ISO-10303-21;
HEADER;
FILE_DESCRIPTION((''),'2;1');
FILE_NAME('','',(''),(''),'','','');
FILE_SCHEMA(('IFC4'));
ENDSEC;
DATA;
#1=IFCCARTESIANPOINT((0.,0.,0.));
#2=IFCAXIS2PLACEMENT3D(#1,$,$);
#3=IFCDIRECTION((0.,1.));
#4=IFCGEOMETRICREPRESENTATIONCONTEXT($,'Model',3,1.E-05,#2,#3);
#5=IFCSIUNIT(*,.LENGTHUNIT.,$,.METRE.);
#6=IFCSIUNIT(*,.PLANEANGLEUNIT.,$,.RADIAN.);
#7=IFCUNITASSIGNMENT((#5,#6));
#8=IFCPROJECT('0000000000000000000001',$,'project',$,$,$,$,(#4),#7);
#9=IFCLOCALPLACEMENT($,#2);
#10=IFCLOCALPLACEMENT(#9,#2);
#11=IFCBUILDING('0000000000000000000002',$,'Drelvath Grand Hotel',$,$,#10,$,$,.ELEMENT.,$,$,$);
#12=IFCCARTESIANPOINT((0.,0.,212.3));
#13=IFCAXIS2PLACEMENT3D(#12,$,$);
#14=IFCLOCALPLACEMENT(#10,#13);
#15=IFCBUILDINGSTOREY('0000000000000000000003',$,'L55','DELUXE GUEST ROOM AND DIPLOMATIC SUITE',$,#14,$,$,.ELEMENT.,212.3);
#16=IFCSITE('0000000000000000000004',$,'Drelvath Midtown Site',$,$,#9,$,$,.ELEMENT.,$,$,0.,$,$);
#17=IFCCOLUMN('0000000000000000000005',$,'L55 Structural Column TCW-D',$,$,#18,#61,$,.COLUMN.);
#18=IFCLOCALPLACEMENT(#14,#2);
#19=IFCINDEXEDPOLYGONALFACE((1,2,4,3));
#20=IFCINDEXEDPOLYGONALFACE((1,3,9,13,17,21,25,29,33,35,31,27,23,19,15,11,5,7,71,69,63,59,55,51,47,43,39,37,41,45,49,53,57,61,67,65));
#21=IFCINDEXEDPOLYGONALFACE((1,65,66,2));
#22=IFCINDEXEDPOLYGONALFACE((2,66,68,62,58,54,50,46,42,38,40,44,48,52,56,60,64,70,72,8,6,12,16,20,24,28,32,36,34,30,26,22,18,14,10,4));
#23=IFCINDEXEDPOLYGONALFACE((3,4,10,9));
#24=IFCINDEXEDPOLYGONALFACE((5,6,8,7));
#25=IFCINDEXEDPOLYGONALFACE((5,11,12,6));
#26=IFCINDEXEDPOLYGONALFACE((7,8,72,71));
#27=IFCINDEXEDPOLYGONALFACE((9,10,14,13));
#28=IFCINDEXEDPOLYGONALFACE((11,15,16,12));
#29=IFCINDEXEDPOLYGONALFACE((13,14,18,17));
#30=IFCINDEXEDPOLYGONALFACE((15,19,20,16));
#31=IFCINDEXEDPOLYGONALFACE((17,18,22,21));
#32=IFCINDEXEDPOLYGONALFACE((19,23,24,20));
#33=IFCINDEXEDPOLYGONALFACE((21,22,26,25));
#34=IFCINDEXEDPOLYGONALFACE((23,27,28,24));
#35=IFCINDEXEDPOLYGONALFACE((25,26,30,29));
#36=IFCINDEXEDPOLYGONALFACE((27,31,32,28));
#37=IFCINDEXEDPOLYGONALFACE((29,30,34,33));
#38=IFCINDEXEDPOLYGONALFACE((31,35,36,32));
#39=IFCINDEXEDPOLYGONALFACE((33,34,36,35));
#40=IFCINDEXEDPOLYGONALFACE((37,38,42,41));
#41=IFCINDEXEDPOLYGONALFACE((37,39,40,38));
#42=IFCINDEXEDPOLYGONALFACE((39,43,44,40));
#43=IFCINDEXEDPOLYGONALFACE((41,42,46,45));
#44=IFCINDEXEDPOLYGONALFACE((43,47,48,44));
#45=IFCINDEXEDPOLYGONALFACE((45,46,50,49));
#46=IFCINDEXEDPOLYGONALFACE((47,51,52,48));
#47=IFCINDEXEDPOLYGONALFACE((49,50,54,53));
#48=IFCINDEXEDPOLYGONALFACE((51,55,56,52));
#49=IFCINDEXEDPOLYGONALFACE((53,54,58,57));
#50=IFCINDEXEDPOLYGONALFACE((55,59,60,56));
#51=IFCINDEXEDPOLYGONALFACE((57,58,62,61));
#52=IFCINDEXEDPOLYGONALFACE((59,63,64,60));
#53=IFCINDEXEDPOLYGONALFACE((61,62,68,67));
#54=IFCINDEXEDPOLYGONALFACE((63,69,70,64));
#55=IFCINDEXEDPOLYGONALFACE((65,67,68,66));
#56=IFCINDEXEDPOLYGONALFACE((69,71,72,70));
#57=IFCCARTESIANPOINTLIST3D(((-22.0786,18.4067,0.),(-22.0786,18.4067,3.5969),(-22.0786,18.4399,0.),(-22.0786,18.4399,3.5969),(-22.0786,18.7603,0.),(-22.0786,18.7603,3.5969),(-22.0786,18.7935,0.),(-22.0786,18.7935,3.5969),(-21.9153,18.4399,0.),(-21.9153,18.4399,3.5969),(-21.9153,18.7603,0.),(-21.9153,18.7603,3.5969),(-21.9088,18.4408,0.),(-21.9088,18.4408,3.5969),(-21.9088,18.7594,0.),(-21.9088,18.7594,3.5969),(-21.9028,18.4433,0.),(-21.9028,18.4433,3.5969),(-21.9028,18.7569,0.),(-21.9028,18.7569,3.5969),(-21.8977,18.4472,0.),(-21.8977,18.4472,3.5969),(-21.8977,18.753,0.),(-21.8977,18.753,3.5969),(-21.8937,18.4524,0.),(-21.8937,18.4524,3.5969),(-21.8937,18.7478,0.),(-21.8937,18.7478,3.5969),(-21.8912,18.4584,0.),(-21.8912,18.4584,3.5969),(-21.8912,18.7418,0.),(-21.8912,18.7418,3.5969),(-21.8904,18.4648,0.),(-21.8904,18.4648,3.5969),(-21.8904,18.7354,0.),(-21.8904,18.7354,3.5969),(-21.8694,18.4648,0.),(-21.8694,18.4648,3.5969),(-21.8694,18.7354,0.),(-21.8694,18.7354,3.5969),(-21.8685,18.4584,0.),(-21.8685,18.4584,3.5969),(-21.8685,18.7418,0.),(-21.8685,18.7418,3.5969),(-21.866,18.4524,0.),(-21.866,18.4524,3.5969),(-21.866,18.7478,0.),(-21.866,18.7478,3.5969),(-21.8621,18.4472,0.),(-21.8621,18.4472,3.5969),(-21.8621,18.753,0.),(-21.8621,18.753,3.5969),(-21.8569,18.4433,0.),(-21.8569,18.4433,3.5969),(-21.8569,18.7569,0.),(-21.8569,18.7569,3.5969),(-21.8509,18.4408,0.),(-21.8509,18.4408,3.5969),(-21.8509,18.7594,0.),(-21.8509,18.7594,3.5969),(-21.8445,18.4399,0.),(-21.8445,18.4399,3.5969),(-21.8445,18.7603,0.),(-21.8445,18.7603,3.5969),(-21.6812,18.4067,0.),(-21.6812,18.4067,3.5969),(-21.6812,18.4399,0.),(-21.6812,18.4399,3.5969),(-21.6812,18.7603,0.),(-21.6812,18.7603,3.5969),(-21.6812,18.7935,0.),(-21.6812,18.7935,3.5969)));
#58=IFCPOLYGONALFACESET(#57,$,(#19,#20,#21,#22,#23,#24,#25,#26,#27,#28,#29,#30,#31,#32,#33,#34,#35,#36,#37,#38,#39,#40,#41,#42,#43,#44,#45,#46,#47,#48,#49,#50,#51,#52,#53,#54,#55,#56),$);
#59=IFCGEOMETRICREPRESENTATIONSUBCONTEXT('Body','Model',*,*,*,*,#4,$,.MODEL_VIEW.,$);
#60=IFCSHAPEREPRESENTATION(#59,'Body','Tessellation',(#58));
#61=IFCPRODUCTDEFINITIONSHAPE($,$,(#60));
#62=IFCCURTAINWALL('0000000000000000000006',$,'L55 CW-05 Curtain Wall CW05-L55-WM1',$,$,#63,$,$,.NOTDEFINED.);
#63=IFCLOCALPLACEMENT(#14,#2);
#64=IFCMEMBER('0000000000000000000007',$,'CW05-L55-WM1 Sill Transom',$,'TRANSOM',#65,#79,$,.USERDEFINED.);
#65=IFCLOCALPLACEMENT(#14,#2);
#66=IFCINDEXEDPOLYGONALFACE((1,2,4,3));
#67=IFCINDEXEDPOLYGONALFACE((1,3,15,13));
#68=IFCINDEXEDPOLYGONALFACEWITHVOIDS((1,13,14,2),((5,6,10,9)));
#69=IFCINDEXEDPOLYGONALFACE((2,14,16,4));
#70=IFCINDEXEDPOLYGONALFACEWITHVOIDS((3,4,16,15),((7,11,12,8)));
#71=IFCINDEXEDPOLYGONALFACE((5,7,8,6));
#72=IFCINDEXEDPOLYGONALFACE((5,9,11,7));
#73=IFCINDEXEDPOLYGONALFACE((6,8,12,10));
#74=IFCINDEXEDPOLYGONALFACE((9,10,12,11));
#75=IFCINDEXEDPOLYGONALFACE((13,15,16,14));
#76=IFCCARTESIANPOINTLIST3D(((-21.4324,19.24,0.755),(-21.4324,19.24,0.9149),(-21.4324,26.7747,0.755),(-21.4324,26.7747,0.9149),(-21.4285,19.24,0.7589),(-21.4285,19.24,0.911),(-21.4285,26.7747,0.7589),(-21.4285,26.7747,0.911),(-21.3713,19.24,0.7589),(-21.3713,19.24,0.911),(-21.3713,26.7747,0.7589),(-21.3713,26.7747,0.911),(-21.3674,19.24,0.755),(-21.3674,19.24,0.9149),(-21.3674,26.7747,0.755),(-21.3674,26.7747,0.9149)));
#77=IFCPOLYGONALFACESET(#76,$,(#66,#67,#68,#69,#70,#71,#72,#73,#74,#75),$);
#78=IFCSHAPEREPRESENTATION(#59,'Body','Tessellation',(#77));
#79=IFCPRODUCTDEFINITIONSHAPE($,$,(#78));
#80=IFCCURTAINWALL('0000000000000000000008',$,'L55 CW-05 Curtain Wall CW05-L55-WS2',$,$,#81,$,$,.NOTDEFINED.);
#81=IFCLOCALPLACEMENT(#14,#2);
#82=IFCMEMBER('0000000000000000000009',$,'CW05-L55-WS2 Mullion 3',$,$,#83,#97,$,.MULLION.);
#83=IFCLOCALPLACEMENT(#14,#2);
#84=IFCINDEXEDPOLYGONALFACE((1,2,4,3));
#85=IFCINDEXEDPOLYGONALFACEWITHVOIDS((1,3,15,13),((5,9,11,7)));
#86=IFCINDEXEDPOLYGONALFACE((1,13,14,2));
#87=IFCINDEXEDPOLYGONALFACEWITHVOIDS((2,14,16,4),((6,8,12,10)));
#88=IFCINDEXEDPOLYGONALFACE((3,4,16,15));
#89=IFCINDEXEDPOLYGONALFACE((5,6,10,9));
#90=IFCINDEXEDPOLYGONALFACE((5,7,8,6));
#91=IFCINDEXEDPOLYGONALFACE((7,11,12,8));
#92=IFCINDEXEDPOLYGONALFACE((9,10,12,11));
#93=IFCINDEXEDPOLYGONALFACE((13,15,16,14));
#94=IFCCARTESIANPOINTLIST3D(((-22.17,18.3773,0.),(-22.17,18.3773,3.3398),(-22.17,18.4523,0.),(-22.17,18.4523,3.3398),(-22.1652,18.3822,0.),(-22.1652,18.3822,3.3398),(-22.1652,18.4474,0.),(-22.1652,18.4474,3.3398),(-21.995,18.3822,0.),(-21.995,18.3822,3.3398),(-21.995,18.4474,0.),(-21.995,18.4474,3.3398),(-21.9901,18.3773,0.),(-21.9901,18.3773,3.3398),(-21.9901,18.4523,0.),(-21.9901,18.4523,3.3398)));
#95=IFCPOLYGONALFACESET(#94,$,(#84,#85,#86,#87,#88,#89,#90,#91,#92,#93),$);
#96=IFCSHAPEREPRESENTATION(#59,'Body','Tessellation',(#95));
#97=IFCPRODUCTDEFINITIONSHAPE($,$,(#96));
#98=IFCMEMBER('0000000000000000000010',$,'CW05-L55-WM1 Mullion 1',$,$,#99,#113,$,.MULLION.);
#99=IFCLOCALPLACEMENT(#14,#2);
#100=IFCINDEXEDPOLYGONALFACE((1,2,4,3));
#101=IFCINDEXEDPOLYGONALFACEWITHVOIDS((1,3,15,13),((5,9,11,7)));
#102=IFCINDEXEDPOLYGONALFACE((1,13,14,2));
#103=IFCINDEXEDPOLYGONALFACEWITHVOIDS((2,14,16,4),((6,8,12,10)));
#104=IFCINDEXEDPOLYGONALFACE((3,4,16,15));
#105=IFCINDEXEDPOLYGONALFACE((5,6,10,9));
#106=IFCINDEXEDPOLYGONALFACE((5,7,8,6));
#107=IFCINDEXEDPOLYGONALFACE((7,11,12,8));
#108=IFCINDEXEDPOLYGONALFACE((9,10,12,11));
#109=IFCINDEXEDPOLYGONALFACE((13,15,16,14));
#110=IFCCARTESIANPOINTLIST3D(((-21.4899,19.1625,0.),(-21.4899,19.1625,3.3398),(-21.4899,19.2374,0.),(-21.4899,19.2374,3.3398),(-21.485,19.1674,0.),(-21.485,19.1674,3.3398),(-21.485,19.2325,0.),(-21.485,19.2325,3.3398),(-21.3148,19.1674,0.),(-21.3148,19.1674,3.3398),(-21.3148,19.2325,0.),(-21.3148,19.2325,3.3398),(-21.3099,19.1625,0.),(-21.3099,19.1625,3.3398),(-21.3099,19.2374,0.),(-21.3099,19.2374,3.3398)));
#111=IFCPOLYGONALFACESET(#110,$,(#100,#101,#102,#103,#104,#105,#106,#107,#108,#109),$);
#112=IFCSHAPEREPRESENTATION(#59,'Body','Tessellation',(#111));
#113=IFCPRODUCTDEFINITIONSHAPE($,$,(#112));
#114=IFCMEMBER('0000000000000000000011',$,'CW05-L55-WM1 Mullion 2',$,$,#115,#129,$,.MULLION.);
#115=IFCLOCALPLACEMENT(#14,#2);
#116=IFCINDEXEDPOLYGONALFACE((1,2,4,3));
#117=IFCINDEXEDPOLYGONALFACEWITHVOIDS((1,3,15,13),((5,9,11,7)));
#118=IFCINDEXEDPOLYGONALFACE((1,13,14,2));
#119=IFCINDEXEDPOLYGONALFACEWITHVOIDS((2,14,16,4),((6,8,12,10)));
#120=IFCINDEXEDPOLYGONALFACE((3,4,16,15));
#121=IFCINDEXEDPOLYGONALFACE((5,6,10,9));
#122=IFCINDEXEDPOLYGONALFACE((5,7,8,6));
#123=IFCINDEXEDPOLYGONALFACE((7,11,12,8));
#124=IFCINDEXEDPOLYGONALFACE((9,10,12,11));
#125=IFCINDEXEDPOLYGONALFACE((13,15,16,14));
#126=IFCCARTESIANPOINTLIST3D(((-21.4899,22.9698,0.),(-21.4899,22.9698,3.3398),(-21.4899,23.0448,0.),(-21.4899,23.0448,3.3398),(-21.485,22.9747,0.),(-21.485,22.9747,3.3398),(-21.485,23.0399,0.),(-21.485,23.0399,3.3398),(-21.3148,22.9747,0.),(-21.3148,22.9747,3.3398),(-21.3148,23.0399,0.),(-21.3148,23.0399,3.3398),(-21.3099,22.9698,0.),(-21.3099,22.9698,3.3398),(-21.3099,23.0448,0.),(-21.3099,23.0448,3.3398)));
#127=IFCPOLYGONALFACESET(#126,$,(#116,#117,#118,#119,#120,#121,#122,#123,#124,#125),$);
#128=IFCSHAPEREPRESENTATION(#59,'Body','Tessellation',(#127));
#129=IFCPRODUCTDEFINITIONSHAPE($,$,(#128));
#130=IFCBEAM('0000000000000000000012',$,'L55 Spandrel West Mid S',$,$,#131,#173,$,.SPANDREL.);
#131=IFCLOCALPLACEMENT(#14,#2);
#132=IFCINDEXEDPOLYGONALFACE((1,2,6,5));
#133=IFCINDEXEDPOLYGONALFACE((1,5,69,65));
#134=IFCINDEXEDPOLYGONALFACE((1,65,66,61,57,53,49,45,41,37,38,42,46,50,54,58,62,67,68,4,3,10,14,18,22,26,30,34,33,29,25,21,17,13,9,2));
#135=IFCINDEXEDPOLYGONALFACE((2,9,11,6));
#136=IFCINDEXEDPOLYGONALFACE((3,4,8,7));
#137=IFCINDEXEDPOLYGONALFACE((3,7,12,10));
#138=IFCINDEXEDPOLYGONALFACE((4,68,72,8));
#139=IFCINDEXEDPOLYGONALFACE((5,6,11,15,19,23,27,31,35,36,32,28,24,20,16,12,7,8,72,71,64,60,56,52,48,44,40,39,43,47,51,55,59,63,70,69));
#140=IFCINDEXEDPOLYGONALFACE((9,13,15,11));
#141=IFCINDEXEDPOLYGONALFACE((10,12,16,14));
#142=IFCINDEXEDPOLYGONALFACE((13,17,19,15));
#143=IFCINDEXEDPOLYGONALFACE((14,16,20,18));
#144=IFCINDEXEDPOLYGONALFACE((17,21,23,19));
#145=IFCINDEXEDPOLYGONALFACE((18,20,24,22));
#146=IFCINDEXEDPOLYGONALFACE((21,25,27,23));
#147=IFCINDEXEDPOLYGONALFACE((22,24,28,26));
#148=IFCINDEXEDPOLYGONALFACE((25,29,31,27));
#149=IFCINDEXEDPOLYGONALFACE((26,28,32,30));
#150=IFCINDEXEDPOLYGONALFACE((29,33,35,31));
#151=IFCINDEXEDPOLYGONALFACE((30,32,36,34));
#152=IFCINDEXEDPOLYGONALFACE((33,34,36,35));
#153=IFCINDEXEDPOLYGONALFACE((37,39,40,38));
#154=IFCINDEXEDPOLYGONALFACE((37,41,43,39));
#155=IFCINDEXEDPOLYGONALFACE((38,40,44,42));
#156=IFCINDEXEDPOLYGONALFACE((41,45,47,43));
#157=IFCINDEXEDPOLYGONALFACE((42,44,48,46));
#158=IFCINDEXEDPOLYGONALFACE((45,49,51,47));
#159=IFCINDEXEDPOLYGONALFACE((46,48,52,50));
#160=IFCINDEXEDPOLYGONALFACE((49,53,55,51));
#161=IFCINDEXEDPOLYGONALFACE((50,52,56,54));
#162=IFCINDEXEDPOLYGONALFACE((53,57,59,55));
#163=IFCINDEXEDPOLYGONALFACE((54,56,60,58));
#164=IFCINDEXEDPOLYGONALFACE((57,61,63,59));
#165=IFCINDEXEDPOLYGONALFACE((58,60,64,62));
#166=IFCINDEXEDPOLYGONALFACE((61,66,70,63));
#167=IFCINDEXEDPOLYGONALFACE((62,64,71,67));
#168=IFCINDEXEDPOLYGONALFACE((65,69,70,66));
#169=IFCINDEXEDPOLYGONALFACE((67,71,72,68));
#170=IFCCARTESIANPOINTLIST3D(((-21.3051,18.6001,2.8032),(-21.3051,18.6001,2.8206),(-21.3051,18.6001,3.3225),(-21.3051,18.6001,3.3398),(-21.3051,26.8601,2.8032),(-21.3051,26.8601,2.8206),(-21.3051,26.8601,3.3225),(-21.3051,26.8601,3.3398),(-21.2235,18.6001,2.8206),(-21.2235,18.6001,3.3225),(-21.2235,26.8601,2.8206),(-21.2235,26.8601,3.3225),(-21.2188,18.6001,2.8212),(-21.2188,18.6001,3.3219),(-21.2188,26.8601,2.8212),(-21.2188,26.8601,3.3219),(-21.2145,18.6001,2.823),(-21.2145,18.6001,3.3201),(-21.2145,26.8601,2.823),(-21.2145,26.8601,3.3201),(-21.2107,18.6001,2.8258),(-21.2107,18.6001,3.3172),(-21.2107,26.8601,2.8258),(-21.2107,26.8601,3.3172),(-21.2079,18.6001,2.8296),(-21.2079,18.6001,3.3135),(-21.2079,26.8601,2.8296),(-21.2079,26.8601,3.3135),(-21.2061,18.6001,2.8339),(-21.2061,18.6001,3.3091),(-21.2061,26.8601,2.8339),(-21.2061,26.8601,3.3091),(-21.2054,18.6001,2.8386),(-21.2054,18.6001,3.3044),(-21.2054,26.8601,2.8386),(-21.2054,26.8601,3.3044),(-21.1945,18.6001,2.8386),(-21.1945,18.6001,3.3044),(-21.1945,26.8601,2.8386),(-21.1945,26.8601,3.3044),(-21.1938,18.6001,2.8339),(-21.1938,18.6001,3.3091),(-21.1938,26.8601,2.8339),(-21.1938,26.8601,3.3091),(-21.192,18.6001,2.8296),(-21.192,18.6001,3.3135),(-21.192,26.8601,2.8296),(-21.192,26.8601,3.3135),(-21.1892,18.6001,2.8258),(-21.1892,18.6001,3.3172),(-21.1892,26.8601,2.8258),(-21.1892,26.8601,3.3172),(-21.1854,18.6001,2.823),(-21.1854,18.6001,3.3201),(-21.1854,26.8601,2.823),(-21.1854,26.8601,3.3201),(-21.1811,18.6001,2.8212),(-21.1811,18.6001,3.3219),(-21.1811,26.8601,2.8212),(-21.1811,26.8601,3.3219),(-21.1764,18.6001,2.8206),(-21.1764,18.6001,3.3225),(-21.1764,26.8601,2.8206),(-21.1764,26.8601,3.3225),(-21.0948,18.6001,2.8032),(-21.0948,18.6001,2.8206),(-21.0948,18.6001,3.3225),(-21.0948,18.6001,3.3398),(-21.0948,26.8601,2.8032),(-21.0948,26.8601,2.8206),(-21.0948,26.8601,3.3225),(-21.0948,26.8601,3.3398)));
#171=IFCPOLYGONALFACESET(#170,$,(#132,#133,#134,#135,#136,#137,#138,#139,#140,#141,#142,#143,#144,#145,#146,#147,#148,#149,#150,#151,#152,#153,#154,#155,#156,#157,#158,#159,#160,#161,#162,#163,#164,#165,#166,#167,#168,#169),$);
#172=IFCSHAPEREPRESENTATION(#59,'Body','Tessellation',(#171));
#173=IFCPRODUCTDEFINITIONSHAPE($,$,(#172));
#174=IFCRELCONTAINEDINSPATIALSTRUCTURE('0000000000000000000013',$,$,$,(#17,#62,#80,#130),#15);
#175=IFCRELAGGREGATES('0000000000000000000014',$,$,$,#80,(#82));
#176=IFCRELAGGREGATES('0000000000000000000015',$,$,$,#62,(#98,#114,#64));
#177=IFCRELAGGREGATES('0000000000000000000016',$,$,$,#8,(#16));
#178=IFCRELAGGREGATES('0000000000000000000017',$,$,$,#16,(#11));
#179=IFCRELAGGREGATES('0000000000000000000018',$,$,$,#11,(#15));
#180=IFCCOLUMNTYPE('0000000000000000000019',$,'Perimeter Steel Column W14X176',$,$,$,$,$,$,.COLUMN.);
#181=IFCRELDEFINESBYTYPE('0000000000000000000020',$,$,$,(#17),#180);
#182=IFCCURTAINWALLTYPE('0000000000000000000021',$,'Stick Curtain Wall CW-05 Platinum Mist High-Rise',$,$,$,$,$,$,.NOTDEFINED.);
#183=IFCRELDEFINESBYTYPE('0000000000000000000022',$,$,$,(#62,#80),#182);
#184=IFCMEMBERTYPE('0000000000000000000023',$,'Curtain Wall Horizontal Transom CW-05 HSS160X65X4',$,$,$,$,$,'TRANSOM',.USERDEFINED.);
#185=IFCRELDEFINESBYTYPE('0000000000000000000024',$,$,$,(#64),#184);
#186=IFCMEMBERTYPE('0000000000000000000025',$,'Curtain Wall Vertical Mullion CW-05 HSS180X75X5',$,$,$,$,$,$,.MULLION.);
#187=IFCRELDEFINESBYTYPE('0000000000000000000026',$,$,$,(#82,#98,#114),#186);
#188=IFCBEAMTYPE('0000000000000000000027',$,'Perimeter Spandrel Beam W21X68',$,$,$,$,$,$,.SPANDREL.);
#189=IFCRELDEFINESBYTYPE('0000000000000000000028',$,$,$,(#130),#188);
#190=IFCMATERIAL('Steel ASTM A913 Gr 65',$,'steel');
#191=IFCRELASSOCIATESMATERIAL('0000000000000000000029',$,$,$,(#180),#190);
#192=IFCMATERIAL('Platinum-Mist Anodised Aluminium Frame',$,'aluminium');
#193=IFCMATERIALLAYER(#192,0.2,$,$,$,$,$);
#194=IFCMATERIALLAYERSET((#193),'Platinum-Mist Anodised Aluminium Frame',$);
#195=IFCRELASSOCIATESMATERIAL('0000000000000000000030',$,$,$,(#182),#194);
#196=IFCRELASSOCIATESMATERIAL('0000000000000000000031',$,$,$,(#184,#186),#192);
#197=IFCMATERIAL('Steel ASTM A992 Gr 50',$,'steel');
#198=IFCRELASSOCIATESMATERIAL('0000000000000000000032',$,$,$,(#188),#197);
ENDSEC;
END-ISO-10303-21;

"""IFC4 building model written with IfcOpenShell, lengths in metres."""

from ifc_helpers import new_model, si_unit, direction, frame, origin, origin_2d, place, context, subcontext, project, spatial, hollow_rectangle, i_section, extrude, material, layer, layer_set, material_profile, profile_set, type_object, element, aggregate, save


model = new_model("IFC4")

# Units and contexts
model_context = context("Model", 3, precision=1e-05, world=origin(), true_north=direction((0.0, 1.0)))
body_context = subcontext(model_context, "Body", "Model", "MODEL_VIEW")
ifc_project = project(units=[si_unit("LENGTHUNIT", "METRE"), si_unit("PLANEANGLEUNIT", "RADIAN")], contexts=[model_context])

# Site, building, storey
site_placement = place(None, origin())
site = spatial("IfcSite", under=ifc_project, at=site_placement, Name="Drelvath Midtown Site", CompositionType="ELEMENT", RefElevation=0.0)
building_placement = place(site_placement, origin())
building = spatial("IfcBuilding", under=site, at=building_placement, Name="Drelvath Grand Hotel", CompositionType="ELEMENT")
storey_placement = place(building_placement, frame((0.0, 0.0, 212.3)))
storey = spatial("IfcBuildingStorey", under=building, at=storey_placement, Name="L55", Description="DELUXE GUEST ROOM AND DIPLOMATIC SUITE", CompositionType="ELEMENT", Elevation=212.3)

# Column
ifc_material_1 = material(Name="Steel ASTM A913 Gr 65", Category="steel")
ifc_material_profile_1 = material_profile(ifc_material_1, i_section(OverallWidth=0.3975, OverallDepth=0.3867, WebThickness=0.021, FlangeThickness=0.0332, FilletRadius=0.0249, at=origin_2d()), Name="W14X176")
ifc_profile_set_1 = profile_set([ifc_material_profile_1], Name="Steel ASTM A913 Gr 65")
column_type = type_object("IfcColumnType", Name="Perimeter Steel Column W14X176", PredefinedType="COLUMN", material=ifc_profile_set_1)
column_placement = place(storey_placement, frame((-21.8799, 18.6001, 0.0), z_axis=(0.0, 0.0, 1.0), x_axis=(1.0, 0.0, 0.0)))
element("IfcColumn", 1, at=column_placement, inside=storey, type_object=column_type, Name="L55 Structural Column TCW-D", PredefinedType="COLUMN", context=body_context, shape_type="SweptSolid", body=[
    extrude(i_section(OverallWidth=0.3975, OverallDepth=0.3867, WebThickness=0.021, FlangeThickness=0.0332, FilletRadius=0.0249, at=origin_2d()), origin(), (0.0, 0.0, 1.0), 3.5969),
])

# Curtain walls, members
ifc_material_2 = material(Name="Platinum-Mist Anodised Aluminium Frame", Category="aluminium")
ifc_layer_1 = layer(ifc_material_2, 0.2)
ifc_layer_set_1 = layer_set([ifc_layer_1], Name="Platinum-Mist Anodised Aluminium Frame")
curtain_wall_type = type_object("IfcCurtainWallType", Name="Stick Curtain Wall CW-05 Platinum Mist High-Rise", PredefinedType="NOTDEFINED", material=ifc_layer_set_1)
curtain_wall_1_placement = place(storey_placement, origin())
curtain_wall_1 = element("IfcCurtainWall", 2, at=curtain_wall_1_placement, inside=storey, type_object=curtain_wall_type, Name="L55 CW-05 Curtain Wall CW05-L55-WM1", PredefinedType="NOTDEFINED")
ifc_material_profile_2 = material_profile(ifc_material_2, hollow_rectangle(XDim=0.0649, YDim=0.1599, WallThickness=0.0039, at=origin_2d()), Name="HSS160X65X4")
ifc_profile_set_2 = profile_set([ifc_material_profile_2], Name="Platinum-Mist Anodised Aluminium Frame")
member_type_1 = type_object("IfcMemberType", Name="Curtain Wall Horizontal Transom CW-05 HSS160X65X4", ElementType="TRANSOM", PredefinedType="USERDEFINED", material=ifc_profile_set_2)
member_1_placement = place(storey_placement, frame((-21.3999, 19.24, 0.835), z_axis=(0.0, 1.0, 0.0), x_axis=(-1.0, 0.0, 0.0)))
member_1 = element("IfcMember", 3, at=member_1_placement, type_object=member_type_1, Name="CW05-L55-WM1 Sill Transom", ObjectType="TRANSOM", PredefinedType="USERDEFINED", context=body_context, shape_type="SweptSolid", body=[
    extrude(hollow_rectangle(XDim=0.0649, YDim=0.1599, WallThickness=0.0039, at=origin_2d()), origin(), (0.0, 0.0, 1.0), 7.5347),
])
curtain_wall_2_placement = place(storey_placement, origin())
curtain_wall_2 = element("IfcCurtainWall", 4, at=curtain_wall_2_placement, inside=storey, type_object=curtain_wall_type, Name="L55 CW-05 Curtain Wall CW05-L55-WS2", PredefinedType="NOTDEFINED")
ifc_material_profile_3 = material_profile(ifc_material_2, hollow_rectangle(XDim=0.075, YDim=0.1799, WallThickness=0.0049, at=origin_2d()), Name="HSS180X75X5")
ifc_profile_set_3 = profile_set([ifc_material_profile_3], Name="Platinum-Mist Anodised Aluminium Frame")
member_type_2 = type_object("IfcMemberType", Name="Curtain Wall Vertical Mullion CW-05 HSS180X75X5", PredefinedType="MULLION", material=ifc_profile_set_3)
member_2_placement = place(storey_placement, frame((-22.0801, 18.4148, 0.0), z_axis=(0.0, 0.0, 1.0), x_axis=(0.0, 1.0, 0.0)))
member_2 = element("IfcMember", 5, at=member_2_placement, type_object=member_type_2, Name="CW05-L55-WS2 Mullion 3", PredefinedType="MULLION", context=body_context, shape_type="SweptSolid", body=[
    extrude(hollow_rectangle(XDim=0.075, YDim=0.1799, WallThickness=0.0049, at=origin_2d()), origin(), (0.0, 0.0, 1.0), 3.3398),
])
aggregate(curtain_wall_2, [member_2])

# Members
member_3_placement = place(storey_placement, frame((-21.3999, 19.2, 0.0), z_axis=(0.0, 0.0, 1.0), x_axis=(0.0, 1.0, 0.0)))
member_3 = element("IfcMember", 6, at=member_3_placement, type_object=member_type_2, Name="CW05-L55-WM1 Mullion 1", PredefinedType="MULLION", context=body_context, shape_type="SweptSolid", body=[
    extrude(hollow_rectangle(XDim=0.075, YDim=0.1799, WallThickness=0.0049, at=origin_2d()), origin(), (0.0, 0.0, 1.0), 3.3398),
])
member_4_placement = place(storey_placement, frame((-21.3999, 23.0073, 0.0), z_axis=(0.0, 0.0, 1.0), x_axis=(0.0, 1.0, 0.0)))
member_4 = element("IfcMember", 7, at=member_4_placement, type_object=member_type_2, Name="CW05-L55-WM1 Mullion 2", PredefinedType="MULLION", context=body_context, shape_type="SweptSolid", body=[
    extrude(hollow_rectangle(XDim=0.075, YDim=0.1799, WallThickness=0.0049, at=origin_2d()), origin(), (0.0, 0.0, 1.0), 3.3398),
])

# Beam
ifc_material_3 = material(Name="Steel ASTM A992 Gr 50", Category="steel")
ifc_material_profile_4 = material_profile(ifc_material_3, i_section(OverallWidth=0.2102, OverallDepth=0.5366, WebThickness=0.011, FlangeThickness=0.0173, FilletRadius=0.0181, at=origin_2d()), Name="W21X68")
ifc_profile_set_4 = profile_set([ifc_material_profile_4], Name="Steel ASTM A992 Gr 50")
beam_type_1 = type_object("IfcBeamType", Name="Perimeter Spandrel Beam W21X68", PredefinedType="SPANDREL", material=ifc_profile_set_4)
beam_1_placement = place(storey_placement, frame((-21.2, 18.6001, 3.0715), z_axis=(0.0, 1.0, 0.0), x_axis=(-1.0, 0.0, 0.0)))
element("IfcBeam", 8, at=beam_1_placement, inside=storey, type_object=beam_type_1, Name="L55 Spandrel West Mid S", PredefinedType="SPANDREL", context=body_context, shape_type="SweptSolid", body=[
    extrude(i_section(OverallWidth=0.2102, OverallDepth=0.5366, WebThickness=0.011, FlangeThickness=0.0173, FilletRadius=0.0181, at=origin_2d()), origin(), (0.0, 0.0, 1.0), 8.26),
])

aggregate(curtain_wall_1, [member_3, member_4, member_1])

save(model, "model.ifc")
